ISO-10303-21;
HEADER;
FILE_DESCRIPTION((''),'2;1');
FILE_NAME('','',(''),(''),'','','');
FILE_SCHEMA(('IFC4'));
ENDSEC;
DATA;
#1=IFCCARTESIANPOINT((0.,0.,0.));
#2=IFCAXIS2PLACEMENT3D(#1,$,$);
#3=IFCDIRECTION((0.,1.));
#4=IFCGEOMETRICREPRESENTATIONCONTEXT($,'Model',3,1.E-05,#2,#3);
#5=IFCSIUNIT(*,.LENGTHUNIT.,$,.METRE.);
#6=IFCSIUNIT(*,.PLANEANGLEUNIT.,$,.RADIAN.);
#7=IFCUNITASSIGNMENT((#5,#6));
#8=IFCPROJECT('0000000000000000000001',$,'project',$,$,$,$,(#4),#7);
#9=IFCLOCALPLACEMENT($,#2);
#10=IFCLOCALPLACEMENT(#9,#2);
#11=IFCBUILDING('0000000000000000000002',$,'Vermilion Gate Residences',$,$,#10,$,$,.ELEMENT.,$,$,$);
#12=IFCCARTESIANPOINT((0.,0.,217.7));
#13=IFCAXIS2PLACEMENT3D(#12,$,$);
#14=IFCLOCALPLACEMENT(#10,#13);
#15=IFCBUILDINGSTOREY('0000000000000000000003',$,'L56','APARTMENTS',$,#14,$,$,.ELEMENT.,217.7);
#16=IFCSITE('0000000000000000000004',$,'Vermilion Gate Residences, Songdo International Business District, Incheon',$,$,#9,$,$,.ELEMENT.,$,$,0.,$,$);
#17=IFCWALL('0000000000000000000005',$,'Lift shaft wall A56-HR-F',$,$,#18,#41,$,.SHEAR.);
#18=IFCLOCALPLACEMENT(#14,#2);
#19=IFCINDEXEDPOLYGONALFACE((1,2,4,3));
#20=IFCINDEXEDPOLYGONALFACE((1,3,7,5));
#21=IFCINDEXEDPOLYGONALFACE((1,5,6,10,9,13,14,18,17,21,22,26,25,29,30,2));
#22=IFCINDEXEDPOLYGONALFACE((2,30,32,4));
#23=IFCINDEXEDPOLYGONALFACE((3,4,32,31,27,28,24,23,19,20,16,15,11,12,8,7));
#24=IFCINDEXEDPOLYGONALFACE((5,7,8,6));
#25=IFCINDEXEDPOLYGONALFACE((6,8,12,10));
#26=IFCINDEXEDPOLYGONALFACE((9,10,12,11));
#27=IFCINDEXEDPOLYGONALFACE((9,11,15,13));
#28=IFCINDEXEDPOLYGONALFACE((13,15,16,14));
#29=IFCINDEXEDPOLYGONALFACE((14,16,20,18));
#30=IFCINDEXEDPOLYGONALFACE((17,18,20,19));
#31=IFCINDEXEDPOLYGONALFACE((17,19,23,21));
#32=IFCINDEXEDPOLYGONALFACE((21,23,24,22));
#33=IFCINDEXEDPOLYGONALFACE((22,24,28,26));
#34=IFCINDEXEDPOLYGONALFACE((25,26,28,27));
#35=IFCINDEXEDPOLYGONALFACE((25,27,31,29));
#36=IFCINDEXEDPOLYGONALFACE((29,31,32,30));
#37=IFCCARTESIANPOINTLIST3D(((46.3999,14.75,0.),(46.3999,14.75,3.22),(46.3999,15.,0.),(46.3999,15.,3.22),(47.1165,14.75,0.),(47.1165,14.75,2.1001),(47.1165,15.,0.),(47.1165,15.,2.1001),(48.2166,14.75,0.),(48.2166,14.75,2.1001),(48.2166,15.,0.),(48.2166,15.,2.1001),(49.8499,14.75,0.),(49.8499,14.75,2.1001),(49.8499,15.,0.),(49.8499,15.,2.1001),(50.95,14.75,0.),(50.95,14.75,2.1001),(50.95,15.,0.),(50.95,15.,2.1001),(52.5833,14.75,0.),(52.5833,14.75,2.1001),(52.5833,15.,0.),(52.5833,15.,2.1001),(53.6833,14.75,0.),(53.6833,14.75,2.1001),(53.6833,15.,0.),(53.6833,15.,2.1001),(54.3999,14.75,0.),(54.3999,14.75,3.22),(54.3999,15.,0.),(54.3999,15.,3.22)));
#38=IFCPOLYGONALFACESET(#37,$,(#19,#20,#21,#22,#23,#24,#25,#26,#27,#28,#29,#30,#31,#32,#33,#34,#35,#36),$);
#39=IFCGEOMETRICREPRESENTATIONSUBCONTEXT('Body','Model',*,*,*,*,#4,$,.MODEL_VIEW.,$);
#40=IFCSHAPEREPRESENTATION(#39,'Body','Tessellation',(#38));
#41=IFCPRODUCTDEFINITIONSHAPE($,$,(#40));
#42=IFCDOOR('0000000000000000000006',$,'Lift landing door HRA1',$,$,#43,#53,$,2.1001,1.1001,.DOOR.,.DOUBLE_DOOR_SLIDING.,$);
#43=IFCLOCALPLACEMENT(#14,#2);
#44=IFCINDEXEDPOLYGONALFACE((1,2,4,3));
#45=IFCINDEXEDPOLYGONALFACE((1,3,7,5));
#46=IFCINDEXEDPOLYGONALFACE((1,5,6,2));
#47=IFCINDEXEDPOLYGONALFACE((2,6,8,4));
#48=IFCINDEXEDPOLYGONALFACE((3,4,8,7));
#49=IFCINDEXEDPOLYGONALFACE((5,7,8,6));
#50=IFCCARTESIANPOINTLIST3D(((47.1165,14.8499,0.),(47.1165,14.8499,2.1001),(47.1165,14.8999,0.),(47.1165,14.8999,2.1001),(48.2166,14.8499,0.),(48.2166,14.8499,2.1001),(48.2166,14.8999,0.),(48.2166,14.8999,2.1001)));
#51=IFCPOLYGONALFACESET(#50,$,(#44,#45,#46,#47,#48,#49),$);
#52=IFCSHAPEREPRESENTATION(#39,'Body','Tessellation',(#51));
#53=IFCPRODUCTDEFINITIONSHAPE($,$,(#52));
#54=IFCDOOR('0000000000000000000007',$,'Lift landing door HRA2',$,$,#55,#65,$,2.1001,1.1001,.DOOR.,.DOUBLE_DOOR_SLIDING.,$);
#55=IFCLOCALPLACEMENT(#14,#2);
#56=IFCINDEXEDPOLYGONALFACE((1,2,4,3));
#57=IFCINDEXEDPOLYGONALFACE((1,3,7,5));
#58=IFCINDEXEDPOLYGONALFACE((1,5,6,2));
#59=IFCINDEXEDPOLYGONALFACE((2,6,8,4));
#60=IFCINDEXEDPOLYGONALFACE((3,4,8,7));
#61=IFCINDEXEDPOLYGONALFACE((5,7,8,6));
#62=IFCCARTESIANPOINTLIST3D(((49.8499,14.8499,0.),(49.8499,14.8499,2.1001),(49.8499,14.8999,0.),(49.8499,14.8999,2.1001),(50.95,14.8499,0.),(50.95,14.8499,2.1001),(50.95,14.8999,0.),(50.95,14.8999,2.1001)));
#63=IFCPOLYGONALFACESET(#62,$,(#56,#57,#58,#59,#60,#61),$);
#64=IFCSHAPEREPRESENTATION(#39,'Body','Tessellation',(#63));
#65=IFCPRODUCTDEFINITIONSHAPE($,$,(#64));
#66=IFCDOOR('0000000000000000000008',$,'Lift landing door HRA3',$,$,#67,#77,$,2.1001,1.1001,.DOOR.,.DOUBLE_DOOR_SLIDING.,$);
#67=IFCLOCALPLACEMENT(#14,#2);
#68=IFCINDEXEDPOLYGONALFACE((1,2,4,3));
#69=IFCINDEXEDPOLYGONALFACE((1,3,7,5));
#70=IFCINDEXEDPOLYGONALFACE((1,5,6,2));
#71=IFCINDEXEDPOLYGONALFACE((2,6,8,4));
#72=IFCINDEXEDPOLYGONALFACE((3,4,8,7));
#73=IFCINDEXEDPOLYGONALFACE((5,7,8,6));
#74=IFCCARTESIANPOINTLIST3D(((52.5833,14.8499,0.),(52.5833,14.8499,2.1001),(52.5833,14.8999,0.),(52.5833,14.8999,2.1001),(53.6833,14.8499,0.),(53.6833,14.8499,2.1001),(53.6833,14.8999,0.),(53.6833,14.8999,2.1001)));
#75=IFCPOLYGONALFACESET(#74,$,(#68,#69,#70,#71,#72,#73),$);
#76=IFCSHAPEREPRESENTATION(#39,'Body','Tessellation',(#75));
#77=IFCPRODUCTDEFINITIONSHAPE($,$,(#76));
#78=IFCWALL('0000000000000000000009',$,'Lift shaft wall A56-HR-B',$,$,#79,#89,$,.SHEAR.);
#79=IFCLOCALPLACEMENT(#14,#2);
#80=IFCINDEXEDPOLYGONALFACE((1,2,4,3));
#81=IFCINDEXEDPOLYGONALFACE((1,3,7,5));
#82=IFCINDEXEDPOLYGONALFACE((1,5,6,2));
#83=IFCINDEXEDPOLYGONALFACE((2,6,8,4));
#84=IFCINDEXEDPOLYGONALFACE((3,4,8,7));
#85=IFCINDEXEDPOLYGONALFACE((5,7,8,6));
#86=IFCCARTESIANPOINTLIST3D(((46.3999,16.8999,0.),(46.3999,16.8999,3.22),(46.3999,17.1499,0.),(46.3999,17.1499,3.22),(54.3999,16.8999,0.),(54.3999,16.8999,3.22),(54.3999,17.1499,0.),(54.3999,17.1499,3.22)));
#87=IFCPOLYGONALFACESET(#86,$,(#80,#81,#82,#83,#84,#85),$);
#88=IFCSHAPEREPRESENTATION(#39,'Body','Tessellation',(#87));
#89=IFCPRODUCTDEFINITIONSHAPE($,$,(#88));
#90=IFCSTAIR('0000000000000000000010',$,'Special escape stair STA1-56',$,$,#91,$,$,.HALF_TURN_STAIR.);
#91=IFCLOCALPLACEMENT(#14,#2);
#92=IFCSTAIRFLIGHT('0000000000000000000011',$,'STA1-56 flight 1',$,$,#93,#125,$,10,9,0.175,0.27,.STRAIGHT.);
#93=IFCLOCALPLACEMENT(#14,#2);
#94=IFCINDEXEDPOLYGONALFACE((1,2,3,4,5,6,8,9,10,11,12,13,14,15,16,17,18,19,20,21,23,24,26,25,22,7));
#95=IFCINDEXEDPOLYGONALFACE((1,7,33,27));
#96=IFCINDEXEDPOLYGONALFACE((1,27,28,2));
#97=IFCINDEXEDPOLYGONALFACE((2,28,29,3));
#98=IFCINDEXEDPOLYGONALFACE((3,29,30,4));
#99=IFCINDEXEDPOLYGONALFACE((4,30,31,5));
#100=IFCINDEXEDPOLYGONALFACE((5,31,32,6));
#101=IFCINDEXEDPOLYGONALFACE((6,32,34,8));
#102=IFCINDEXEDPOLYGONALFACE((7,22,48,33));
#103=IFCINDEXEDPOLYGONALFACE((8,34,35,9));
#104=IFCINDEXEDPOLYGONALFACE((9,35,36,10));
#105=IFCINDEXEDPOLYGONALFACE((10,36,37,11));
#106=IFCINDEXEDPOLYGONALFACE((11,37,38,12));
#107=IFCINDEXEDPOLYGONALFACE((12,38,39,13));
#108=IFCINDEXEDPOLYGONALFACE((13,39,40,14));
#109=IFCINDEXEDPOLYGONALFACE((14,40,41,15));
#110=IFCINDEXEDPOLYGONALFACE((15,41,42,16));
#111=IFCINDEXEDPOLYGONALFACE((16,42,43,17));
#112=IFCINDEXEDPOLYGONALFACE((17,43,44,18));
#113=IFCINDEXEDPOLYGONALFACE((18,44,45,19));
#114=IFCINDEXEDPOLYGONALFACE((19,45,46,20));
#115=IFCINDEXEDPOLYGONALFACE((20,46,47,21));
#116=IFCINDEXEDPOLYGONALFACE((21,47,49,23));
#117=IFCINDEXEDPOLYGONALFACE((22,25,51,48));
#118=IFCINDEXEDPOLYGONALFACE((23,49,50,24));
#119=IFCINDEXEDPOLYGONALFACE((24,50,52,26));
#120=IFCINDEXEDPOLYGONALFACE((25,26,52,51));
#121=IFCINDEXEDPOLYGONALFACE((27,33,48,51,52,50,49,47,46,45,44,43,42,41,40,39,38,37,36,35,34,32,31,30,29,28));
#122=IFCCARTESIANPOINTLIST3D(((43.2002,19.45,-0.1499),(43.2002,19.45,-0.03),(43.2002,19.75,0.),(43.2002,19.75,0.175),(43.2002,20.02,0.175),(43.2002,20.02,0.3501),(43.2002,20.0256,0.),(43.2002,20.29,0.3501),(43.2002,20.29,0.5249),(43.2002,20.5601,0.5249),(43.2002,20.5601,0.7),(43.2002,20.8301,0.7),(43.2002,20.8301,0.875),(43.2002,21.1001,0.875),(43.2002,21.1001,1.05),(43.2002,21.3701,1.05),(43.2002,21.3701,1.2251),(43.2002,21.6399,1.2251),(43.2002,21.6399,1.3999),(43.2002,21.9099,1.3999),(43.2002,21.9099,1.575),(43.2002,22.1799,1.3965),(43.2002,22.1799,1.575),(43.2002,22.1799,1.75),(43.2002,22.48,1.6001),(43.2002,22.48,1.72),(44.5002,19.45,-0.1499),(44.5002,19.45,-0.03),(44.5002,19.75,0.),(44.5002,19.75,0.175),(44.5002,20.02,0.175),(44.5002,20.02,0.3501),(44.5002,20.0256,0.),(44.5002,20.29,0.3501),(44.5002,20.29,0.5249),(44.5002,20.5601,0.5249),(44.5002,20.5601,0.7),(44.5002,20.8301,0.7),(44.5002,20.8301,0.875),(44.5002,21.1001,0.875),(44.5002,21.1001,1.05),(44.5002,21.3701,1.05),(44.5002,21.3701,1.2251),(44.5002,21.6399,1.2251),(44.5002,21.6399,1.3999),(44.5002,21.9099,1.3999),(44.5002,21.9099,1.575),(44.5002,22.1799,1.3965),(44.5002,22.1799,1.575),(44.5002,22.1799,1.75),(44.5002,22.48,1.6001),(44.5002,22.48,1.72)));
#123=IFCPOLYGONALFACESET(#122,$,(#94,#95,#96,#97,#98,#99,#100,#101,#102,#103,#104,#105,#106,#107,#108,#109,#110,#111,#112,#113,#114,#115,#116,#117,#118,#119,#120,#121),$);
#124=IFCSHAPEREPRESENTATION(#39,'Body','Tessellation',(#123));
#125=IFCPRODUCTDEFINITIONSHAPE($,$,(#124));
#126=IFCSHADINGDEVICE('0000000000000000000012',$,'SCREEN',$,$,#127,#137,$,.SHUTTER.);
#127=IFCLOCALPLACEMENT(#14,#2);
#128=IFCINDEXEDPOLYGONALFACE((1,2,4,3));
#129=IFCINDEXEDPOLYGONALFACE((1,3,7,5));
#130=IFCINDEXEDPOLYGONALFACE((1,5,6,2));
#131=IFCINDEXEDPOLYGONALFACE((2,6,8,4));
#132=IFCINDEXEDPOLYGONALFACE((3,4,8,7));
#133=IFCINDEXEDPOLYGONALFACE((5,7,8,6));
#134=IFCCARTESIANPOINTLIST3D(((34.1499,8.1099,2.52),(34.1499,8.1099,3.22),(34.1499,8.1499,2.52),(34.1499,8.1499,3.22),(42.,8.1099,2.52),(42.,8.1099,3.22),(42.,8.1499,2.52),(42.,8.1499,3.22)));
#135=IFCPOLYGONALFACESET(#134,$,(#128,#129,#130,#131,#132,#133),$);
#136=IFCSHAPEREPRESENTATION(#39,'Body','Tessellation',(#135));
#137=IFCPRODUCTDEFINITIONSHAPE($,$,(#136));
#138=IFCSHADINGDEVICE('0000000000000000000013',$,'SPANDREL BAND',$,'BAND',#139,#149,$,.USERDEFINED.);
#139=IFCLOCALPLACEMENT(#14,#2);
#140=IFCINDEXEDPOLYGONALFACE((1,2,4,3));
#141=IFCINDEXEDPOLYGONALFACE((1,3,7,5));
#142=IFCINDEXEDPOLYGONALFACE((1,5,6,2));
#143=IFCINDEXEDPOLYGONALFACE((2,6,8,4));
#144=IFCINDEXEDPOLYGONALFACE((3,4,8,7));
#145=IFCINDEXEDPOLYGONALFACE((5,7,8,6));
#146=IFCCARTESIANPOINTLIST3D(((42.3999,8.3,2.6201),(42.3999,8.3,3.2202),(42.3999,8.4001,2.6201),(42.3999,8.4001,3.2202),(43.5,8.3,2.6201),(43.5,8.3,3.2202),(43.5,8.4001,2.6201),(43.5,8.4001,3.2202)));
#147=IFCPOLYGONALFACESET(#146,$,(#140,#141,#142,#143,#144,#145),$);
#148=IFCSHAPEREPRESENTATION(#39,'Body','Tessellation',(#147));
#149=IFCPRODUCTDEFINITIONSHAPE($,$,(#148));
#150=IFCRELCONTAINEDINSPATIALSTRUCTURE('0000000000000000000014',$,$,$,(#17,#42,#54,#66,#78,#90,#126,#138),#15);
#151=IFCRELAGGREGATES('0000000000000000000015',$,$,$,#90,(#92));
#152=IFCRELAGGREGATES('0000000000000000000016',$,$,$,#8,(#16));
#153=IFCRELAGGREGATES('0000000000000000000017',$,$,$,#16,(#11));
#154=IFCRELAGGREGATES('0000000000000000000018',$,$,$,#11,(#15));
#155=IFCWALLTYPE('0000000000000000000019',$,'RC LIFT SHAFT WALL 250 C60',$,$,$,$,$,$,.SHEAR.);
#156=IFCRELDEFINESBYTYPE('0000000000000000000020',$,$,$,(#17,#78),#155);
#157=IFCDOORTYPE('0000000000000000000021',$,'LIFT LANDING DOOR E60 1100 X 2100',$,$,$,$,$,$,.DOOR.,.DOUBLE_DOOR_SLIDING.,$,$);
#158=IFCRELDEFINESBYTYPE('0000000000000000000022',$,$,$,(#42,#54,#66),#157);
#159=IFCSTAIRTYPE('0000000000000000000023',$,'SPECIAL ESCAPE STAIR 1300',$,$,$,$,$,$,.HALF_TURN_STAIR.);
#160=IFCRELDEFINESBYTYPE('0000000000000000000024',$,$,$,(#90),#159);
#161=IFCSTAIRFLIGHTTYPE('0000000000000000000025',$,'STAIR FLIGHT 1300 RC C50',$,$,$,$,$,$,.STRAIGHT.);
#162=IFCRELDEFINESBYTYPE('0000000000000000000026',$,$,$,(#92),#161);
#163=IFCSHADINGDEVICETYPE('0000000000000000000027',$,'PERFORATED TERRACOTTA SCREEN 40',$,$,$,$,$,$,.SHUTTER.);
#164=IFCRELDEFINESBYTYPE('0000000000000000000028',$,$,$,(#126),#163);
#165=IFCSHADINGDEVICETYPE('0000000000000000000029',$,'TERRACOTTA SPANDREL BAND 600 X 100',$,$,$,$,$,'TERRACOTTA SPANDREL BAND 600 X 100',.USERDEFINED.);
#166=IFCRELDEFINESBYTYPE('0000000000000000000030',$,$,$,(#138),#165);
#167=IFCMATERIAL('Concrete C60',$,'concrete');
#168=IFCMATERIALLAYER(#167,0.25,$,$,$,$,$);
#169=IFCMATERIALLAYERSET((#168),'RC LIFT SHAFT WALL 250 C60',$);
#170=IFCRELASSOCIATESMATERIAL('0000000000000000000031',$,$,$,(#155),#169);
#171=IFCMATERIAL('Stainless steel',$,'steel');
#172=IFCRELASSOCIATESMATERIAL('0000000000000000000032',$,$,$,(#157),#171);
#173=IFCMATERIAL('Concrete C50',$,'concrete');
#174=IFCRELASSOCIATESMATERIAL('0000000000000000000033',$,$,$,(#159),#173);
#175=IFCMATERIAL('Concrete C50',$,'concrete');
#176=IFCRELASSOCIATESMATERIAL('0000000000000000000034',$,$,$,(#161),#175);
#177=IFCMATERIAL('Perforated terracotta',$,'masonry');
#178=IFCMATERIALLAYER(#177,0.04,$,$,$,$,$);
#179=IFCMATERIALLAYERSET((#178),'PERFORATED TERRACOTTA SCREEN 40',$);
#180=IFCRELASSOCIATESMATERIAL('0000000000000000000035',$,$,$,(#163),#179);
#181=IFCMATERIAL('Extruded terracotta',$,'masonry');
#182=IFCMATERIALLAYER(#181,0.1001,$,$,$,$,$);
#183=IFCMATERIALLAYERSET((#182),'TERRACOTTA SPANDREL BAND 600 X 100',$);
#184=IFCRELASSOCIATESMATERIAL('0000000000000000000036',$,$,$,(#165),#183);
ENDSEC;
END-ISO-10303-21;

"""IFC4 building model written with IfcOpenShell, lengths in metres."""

from ifc_helpers import new_model, si_unit, direction, frame, frame_2d, origin, origin_2d, place, context, subcontext, project, spatial, polyline, rectangle, outline, extrude, material, layer, layer_set, type_object, element, fill, aggregate, save


model = new_model("IFC4")

# Units and contexts
model_context = context("Model", 3, precision=1e-05, world=origin(), true_north=direction((0.0, 1.0)))
body_context = subcontext(model_context, "Body", "Model", "MODEL_VIEW")
ifc_project = project(units=[si_unit("LENGTHUNIT", "METRE"), si_unit("PLANEANGLEUNIT", "RADIAN")], contexts=[model_context])

# Site, building, storey
site_placement = place(None, origin())
site = spatial("IfcSite", under=ifc_project, at=site_placement, Name="Vermilion Gate Residences, Songdo International Business District, Incheon", CompositionType="ELEMENT", RefElevation=0.0)
building_placement = place(site_placement, origin())
building = spatial("IfcBuilding", under=site, at=building_placement, Name="Vermilion Gate Residences", CompositionType="ELEMENT")
storey_placement = place(building_placement, frame((0.0, 0.0, 217.7)))
storey = spatial("IfcBuildingStorey", under=building, at=storey_placement, Name="L56", Description="APARTMENTS", CompositionType="ELEMENT", Elevation=217.7)

# Wall, openings, doors
ifc_material_1 = material(Name="Concrete C60", Category="concrete")
ifc_layer_1 = layer(ifc_material_1, 0.25)
ifc_layer_set_1 = layer_set([ifc_layer_1], Name="RC LIFT SHAFT WALL 250 C60")
wall_type_1 = type_object("IfcWallType", Name="RC LIFT SHAFT WALL 250 C60", PredefinedType="SHEAR", material=ifc_layer_set_1)
wall_1_placement = place(storey_placement, frame((46.3999, 14.875, 0.0), z_axis=(0.0, 0.0, 1.0), x_axis=(1.0, 0.0, 0.0)))
wall_1 = element("IfcWall", 1, at=wall_1_placement, inside=storey, type_object=wall_type_1, Name="Lift shaft wall A56-HR-F", PredefinedType="SHEAR", context=body_context, shape_type="SweptSolid", body=[
    extrude(rectangle(XDim=8.0, YDim=0.25, at=frame_2d((4.0, 0.0))), origin(), (0.0, 0.0, 1.0), 3.22),
])
opening_1_placement = place(wall_1_placement, frame((0.7166, 0.0, 0.0)))
opening_1 = element("IfcOpeningElement", 2, at=opening_1_placement, cuts=wall_1, PredefinedType="OPENING", context=body_context, shape_type="SweptSolid", body=[
    extrude(rectangle(XDim=1.1001, YDim=2.1001, at=frame_2d((0.55, 1.05))), frame((0.0, 0.135, 0.0), z_axis=(0.0, -1.0, 0.0), x_axis=(1.0, 0.0, 0.0)), (0.0, 0.0, 1.0), 0.27),
])
opening_2_placement = place(wall_1_placement, frame((3.45, 0.0, 0.0)))
opening_2 = element("IfcOpeningElement", 3, at=opening_2_placement, cuts=wall_1, PredefinedType="OPENING", context=body_context, shape_type="SweptSolid", body=[
    extrude(rectangle(XDim=1.1001, YDim=2.1001, at=frame_2d((0.55, 1.05))), frame((0.0, 0.135, 0.0), z_axis=(0.0, -1.0, 0.0), x_axis=(1.0, 0.0, 0.0)), (0.0, 0.0, 1.0), 0.27),
])
opening_3_placement = place(wall_1_placement, frame((6.1833, 0.0, 0.0)))
opening_3 = element("IfcOpeningElement", 4, at=opening_3_placement, cuts=wall_1, PredefinedType="OPENING", context=body_context, shape_type="SweptSolid", body=[
    extrude(rectangle(XDim=1.1001, YDim=2.1001, at=frame_2d((0.55, 1.05))), frame((0.0, 0.135, 0.0), z_axis=(0.0, -1.0, 0.0), x_axis=(1.0, 0.0, 0.0)), (0.0, 0.0, 1.0), 0.27),
])
ifc_material_2 = material(Name="Stainless steel", Category="steel")
door_type_1 = type_object("IfcDoorType", Name="LIFT LANDING DOOR E60 1100 X 2100", OperationType="DOUBLE_DOOR_SLIDING", PredefinedType="DOOR", material=ifc_material_2)
door_1_placement = place(opening_1_placement, origin())
door_1 = element("IfcDoor", 5, at=door_1_placement, inside=storey, type_object=door_type_1, Name="Lift landing door HRA1", OperationType="DOUBLE_DOOR_SLIDING", OverallHeight=2.1001, OverallWidth=1.1001, PredefinedType="DOOR", context=body_context, shape_type="SweptSolid", body=[
    extrude(rectangle(XDim=1.1001, YDim=2.1001, at=frame_2d((0.55, 1.05))), frame((0.0, 0.0249, 0.0), z_axis=(0.0, -1.0, 0.0), x_axis=(1.0, 0.0, 0.0)), (0.0, 0.0, 1.0), 0.05),
])
fill(opening_1, door_1)
door_2_placement = place(opening_2_placement, origin())
door_2 = element("IfcDoor", 6, at=door_2_placement, inside=storey, type_object=door_type_1, Name="Lift landing door HRA2", OperationType="DOUBLE_DOOR_SLIDING", OverallHeight=2.1001, OverallWidth=1.1001, PredefinedType="DOOR", context=body_context, shape_type="SweptSolid", body=[
    extrude(rectangle(XDim=1.1001, YDim=2.1001, at=frame_2d((0.55, 1.05))), frame((0.0, 0.0249, 0.0), z_axis=(0.0, -1.0, 0.0), x_axis=(1.0, 0.0, 0.0)), (0.0, 0.0, 1.0), 0.05),
])
fill(opening_2, door_2)
door_3_placement = place(opening_3_placement, origin())
door_3 = element("IfcDoor", 7, at=door_3_placement, inside=storey, type_object=door_type_1, Name="Lift landing door HRA3", OperationType="DOUBLE_DOOR_SLIDING", OverallHeight=2.1001, OverallWidth=1.1001, PredefinedType="DOOR", context=body_context, shape_type="SweptSolid", body=[
    extrude(rectangle(XDim=1.1001, YDim=2.1001, at=frame_2d((0.55, 1.05))), frame((0.0, 0.0249, 0.0), z_axis=(0.0, -1.0, 0.0), x_axis=(1.0, 0.0, 0.0)), (0.0, 0.0, 1.0), 0.05),
])
fill(opening_3, door_3)

# Wall
wall_2_placement = place(storey_placement, frame((46.3999, 17.0249, 0.0), z_axis=(0.0, 0.0, 1.0), x_axis=(1.0, 0.0, 0.0)))
element("IfcWall", 8, at=wall_2_placement, inside=storey, type_object=wall_type_1, Name="Lift shaft wall A56-HR-B", PredefinedType="SHEAR", context=body_context, shape_type="SweptSolid", body=[
    extrude(rectangle(XDim=8.0, YDim=0.25, at=frame_2d((4.0, 0.0))), origin(), (0.0, 0.0, 1.0), 3.22),
])

# Stair, stair flight
ifc_material_3 = material(Name="Concrete C50", Category="concrete")
stair_type = type_object("IfcStairType", Name="SPECIAL ESCAPE STAIR 1300", PredefinedType="HALF_TURN_STAIR", material=ifc_material_3)
stair_placement = place(storey_placement, origin())
stair = element("IfcStair", 9, at=stair_placement, inside=storey, type_object=stair_type, Name="Special escape stair STA1-56", PredefinedType="HALF_TURN_STAIR")
ifc_material_4 = material(Name="Concrete C50", Category="concrete")
stair_flight_type = type_object("IfcStairFlightType", Name="STAIR FLIGHT 1300 RC C50", PredefinedType="STRAIGHT", material=ifc_material_4)
stair_flight_placement = place(storey_placement, frame((43.8501, 19.75, 0.0), z_axis=(0.0, 0.0, 1.0), x_axis=(0.0, 1.0, 0.0)))
stair_flight = element("IfcStairFlight", 10, at=stair_flight_placement, type_object=stair_flight_type, Name="STA1-56 flight 1", NumberOfRisers=10, NumberOfTreads=9, PredefinedType="STRAIGHT", RiserHeight=0.175, TreadLength=0.27, context=body_context, shape_type="SweptSolid", body=[
    extrude(outline(polyline([(-0.3, -0.1499), (-0.3, -0.03), (0.0, 0.0), (0.0, 0.175), (0.27, 0.175), (0.27, 0.3501), (0.54, 0.3501), (0.54, 0.5249), (0.8101, 0.5249), (0.8101, 0.7), (1.0801, 0.7), (1.0801, 0.875), (1.3501, 0.875), (1.3501, 1.05), (1.6201, 1.05), (1.6201, 1.2251), (1.8899, 1.2251), (1.8899, 1.3999), (2.1599, 1.3999), (2.1599, 1.575), (2.4299, 1.575), (2.4299, 1.75), (2.73, 1.72), (2.73, 1.6001), (2.4299, 1.3965), (0.2756, 0.0), (-0.3, -0.1499)])), frame((0.0, 0.6499, 0.0), z_axis=(0.0, -1.0, 0.0), x_axis=(1.0, 0.0, 0.0)), (0.0, 0.0, 1.0), 1.3),
])
aggregate(stair, [stair_flight])

# Shading device
ifc_material_5 = material(Name="Perforated terracotta", Category="masonry")
ifc_layer_2 = layer(ifc_material_5, 0.04)
ifc_layer_set_2 = layer_set([ifc_layer_2], Name="PERFORATED TERRACOTTA SCREEN 40")
shading_device_type_1 = type_object("IfcShadingDeviceType", Name="PERFORATED TERRACOTTA SCREEN 40", PredefinedType="SHUTTER", material=ifc_layer_set_2)
shading_device_1_placement = place(storey_placement, frame((38.075, 8.1299, 2.52), z_axis=(0.0, 0.0, 1.0), x_axis=(1.0, 0.0, 0.0)))
element("IfcShadingDevice", 11, at=shading_device_1_placement, inside=storey, type_object=shading_device_type_1, Name="SCREEN", PredefinedType="SHUTTER", context=body_context, shape_type="SweptSolid", body=[
    extrude(rectangle(XDim=7.8501, YDim=0.04, at=origin_2d()), origin(), (0.0, 0.0, 1.0), 0.7),
])

# Shading device
ifc_material_6 = material(Name="Extruded terracotta", Category="masonry")
ifc_layer_3 = layer(ifc_material_6, 0.1001)
ifc_layer_set_3 = layer_set([ifc_layer_3], Name="TERRACOTTA SPANDREL BAND 600 X 100")
shading_device_type_2 = type_object("IfcShadingDeviceType", Name="TERRACOTTA SPANDREL BAND 600 X 100", ElementType="TERRACOTTA SPANDREL BAND 600 X 100", PredefinedType="USERDEFINED", material=ifc_layer_set_3)
shading_device_2_placement = place(storey_placement, frame((42.95, 8.3501, 2.6201), z_axis=(0.0, 0.0, 1.0), x_axis=(1.0, 0.0, 0.0)))
element("IfcShadingDevice", 12, at=shading_device_2_placement, inside=storey, type_object=shading_device_type_2, Name="SPANDREL BAND", ObjectType="BAND", PredefinedType="USERDEFINED", context=body_context, shape_type="SweptSolid", body=[
    extrude(rectangle(XDim=1.1001, YDim=0.1001, at=origin_2d()), origin(), (0.0, 0.0, 1.0), 0.6001),
])

save(model, "model.ifc")
